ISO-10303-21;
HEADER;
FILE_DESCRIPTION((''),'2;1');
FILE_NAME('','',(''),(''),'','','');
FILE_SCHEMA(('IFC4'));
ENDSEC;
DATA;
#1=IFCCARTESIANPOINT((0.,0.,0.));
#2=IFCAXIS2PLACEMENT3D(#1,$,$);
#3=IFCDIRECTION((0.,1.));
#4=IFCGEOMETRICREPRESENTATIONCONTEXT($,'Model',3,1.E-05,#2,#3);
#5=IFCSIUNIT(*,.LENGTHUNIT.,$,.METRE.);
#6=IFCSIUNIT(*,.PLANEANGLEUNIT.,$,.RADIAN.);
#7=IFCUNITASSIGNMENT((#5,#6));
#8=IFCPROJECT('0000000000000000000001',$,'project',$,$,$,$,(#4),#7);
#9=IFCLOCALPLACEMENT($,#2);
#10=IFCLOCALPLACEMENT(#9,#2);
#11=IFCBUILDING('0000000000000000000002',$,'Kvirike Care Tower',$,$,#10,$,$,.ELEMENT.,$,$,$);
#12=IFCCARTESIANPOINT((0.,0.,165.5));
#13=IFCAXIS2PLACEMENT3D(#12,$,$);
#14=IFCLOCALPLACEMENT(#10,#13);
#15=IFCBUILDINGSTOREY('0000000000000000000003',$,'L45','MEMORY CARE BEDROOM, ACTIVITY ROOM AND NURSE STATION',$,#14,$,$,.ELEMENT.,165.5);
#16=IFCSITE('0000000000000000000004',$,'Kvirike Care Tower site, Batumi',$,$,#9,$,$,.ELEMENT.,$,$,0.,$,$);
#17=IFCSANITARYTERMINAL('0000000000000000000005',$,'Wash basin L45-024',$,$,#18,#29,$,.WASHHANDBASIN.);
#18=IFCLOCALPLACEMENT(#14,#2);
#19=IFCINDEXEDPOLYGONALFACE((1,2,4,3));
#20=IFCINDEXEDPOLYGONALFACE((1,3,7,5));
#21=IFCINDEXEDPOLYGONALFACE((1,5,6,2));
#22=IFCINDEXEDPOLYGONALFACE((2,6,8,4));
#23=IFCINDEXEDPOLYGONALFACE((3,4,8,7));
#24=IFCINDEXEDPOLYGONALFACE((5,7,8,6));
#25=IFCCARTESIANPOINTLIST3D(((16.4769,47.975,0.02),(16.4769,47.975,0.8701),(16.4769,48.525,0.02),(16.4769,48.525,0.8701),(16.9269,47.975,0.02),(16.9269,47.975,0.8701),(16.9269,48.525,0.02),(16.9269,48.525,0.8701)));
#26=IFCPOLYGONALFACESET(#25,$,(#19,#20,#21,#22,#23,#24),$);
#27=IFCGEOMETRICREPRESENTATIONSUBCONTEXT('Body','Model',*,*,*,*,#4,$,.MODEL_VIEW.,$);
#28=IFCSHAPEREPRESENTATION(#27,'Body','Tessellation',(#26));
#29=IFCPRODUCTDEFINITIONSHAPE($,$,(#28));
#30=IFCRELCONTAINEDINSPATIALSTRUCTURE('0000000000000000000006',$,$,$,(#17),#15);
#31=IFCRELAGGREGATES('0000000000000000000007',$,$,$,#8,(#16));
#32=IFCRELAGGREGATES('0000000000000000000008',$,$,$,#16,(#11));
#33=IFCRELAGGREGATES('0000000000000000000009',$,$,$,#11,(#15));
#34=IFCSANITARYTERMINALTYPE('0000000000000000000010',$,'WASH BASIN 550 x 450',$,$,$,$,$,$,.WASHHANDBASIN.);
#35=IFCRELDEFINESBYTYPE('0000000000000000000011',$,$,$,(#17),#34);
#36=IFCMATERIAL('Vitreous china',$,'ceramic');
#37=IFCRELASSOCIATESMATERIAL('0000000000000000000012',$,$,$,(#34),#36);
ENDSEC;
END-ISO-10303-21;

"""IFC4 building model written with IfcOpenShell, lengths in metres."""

from ifc_helpers import new_model, si_unit, direction, frame, origin, origin_2d, place, context, subcontext, project, spatial, rectangle, extrude, material, type_object, element, save


model = new_model("IFC4")

# Units and contexts
model_context = context("Model", 3, precision=1e-05, world=origin(), true_north=direction((0.0, 1.0)))
body_context = subcontext(model_context, "Body", "Model", "MODEL_VIEW")
ifc_project = project(units=[si_unit("LENGTHUNIT", "METRE"), si_unit("PLANEANGLEUNIT", "RADIAN")], contexts=[model_context])

# Site, building, storey
site_placement = place(None, origin())
site = spatial("IfcSite", under=ifc_project, at=site_placement, Name="Kvirike Care Tower site, Batumi", CompositionType="ELEMENT", RefElevation=0.0)
building_placement = place(site_placement, origin())
building = spatial("IfcBuilding", under=site, at=building_placement, Name="Kvirike Care Tower", CompositionType="ELEMENT")
storey_placement = place(building_placement, frame((0.0, 0.0, 165.5)))
storey = spatial("IfcBuildingStorey", under=building, at=storey_placement, Name="L45", Description="MEMORY CARE BEDROOM, ACTIVITY ROOM AND NURSE STATION", CompositionType="ELEMENT", Elevation=165.5)

# Sanitary terminal
ifc_material_1 = material(Name="Vitreous china", Category="ceramic")
sanitary_terminal_type = type_object("IfcSanitaryTerminalType", Name="WASH BASIN 550 x 450", PredefinedType="WASHHANDBASIN", material=ifc_material_1)
sanitary_terminal_placement = place(storey_placement, frame((16.7019, 48.25, 0.02), z_axis=(0.0, 0.0, 1.0), x_axis=(0.0, 1.0, 0.0)))
element("IfcSanitaryTerminal", 1, at=sanitary_terminal_placement, inside=storey, type_object=sanitary_terminal_type, Name="Wash basin L45-024", PredefinedType="WASHHANDBASIN", context=body_context, shape_type="SweptSolid", body=[
    extrude(rectangle(XDim=0.55, YDim=0.45, at=origin_2d()), origin(), (0.0, 0.0, 1.0), 0.8501),
])

save(model, "model.ifc")
